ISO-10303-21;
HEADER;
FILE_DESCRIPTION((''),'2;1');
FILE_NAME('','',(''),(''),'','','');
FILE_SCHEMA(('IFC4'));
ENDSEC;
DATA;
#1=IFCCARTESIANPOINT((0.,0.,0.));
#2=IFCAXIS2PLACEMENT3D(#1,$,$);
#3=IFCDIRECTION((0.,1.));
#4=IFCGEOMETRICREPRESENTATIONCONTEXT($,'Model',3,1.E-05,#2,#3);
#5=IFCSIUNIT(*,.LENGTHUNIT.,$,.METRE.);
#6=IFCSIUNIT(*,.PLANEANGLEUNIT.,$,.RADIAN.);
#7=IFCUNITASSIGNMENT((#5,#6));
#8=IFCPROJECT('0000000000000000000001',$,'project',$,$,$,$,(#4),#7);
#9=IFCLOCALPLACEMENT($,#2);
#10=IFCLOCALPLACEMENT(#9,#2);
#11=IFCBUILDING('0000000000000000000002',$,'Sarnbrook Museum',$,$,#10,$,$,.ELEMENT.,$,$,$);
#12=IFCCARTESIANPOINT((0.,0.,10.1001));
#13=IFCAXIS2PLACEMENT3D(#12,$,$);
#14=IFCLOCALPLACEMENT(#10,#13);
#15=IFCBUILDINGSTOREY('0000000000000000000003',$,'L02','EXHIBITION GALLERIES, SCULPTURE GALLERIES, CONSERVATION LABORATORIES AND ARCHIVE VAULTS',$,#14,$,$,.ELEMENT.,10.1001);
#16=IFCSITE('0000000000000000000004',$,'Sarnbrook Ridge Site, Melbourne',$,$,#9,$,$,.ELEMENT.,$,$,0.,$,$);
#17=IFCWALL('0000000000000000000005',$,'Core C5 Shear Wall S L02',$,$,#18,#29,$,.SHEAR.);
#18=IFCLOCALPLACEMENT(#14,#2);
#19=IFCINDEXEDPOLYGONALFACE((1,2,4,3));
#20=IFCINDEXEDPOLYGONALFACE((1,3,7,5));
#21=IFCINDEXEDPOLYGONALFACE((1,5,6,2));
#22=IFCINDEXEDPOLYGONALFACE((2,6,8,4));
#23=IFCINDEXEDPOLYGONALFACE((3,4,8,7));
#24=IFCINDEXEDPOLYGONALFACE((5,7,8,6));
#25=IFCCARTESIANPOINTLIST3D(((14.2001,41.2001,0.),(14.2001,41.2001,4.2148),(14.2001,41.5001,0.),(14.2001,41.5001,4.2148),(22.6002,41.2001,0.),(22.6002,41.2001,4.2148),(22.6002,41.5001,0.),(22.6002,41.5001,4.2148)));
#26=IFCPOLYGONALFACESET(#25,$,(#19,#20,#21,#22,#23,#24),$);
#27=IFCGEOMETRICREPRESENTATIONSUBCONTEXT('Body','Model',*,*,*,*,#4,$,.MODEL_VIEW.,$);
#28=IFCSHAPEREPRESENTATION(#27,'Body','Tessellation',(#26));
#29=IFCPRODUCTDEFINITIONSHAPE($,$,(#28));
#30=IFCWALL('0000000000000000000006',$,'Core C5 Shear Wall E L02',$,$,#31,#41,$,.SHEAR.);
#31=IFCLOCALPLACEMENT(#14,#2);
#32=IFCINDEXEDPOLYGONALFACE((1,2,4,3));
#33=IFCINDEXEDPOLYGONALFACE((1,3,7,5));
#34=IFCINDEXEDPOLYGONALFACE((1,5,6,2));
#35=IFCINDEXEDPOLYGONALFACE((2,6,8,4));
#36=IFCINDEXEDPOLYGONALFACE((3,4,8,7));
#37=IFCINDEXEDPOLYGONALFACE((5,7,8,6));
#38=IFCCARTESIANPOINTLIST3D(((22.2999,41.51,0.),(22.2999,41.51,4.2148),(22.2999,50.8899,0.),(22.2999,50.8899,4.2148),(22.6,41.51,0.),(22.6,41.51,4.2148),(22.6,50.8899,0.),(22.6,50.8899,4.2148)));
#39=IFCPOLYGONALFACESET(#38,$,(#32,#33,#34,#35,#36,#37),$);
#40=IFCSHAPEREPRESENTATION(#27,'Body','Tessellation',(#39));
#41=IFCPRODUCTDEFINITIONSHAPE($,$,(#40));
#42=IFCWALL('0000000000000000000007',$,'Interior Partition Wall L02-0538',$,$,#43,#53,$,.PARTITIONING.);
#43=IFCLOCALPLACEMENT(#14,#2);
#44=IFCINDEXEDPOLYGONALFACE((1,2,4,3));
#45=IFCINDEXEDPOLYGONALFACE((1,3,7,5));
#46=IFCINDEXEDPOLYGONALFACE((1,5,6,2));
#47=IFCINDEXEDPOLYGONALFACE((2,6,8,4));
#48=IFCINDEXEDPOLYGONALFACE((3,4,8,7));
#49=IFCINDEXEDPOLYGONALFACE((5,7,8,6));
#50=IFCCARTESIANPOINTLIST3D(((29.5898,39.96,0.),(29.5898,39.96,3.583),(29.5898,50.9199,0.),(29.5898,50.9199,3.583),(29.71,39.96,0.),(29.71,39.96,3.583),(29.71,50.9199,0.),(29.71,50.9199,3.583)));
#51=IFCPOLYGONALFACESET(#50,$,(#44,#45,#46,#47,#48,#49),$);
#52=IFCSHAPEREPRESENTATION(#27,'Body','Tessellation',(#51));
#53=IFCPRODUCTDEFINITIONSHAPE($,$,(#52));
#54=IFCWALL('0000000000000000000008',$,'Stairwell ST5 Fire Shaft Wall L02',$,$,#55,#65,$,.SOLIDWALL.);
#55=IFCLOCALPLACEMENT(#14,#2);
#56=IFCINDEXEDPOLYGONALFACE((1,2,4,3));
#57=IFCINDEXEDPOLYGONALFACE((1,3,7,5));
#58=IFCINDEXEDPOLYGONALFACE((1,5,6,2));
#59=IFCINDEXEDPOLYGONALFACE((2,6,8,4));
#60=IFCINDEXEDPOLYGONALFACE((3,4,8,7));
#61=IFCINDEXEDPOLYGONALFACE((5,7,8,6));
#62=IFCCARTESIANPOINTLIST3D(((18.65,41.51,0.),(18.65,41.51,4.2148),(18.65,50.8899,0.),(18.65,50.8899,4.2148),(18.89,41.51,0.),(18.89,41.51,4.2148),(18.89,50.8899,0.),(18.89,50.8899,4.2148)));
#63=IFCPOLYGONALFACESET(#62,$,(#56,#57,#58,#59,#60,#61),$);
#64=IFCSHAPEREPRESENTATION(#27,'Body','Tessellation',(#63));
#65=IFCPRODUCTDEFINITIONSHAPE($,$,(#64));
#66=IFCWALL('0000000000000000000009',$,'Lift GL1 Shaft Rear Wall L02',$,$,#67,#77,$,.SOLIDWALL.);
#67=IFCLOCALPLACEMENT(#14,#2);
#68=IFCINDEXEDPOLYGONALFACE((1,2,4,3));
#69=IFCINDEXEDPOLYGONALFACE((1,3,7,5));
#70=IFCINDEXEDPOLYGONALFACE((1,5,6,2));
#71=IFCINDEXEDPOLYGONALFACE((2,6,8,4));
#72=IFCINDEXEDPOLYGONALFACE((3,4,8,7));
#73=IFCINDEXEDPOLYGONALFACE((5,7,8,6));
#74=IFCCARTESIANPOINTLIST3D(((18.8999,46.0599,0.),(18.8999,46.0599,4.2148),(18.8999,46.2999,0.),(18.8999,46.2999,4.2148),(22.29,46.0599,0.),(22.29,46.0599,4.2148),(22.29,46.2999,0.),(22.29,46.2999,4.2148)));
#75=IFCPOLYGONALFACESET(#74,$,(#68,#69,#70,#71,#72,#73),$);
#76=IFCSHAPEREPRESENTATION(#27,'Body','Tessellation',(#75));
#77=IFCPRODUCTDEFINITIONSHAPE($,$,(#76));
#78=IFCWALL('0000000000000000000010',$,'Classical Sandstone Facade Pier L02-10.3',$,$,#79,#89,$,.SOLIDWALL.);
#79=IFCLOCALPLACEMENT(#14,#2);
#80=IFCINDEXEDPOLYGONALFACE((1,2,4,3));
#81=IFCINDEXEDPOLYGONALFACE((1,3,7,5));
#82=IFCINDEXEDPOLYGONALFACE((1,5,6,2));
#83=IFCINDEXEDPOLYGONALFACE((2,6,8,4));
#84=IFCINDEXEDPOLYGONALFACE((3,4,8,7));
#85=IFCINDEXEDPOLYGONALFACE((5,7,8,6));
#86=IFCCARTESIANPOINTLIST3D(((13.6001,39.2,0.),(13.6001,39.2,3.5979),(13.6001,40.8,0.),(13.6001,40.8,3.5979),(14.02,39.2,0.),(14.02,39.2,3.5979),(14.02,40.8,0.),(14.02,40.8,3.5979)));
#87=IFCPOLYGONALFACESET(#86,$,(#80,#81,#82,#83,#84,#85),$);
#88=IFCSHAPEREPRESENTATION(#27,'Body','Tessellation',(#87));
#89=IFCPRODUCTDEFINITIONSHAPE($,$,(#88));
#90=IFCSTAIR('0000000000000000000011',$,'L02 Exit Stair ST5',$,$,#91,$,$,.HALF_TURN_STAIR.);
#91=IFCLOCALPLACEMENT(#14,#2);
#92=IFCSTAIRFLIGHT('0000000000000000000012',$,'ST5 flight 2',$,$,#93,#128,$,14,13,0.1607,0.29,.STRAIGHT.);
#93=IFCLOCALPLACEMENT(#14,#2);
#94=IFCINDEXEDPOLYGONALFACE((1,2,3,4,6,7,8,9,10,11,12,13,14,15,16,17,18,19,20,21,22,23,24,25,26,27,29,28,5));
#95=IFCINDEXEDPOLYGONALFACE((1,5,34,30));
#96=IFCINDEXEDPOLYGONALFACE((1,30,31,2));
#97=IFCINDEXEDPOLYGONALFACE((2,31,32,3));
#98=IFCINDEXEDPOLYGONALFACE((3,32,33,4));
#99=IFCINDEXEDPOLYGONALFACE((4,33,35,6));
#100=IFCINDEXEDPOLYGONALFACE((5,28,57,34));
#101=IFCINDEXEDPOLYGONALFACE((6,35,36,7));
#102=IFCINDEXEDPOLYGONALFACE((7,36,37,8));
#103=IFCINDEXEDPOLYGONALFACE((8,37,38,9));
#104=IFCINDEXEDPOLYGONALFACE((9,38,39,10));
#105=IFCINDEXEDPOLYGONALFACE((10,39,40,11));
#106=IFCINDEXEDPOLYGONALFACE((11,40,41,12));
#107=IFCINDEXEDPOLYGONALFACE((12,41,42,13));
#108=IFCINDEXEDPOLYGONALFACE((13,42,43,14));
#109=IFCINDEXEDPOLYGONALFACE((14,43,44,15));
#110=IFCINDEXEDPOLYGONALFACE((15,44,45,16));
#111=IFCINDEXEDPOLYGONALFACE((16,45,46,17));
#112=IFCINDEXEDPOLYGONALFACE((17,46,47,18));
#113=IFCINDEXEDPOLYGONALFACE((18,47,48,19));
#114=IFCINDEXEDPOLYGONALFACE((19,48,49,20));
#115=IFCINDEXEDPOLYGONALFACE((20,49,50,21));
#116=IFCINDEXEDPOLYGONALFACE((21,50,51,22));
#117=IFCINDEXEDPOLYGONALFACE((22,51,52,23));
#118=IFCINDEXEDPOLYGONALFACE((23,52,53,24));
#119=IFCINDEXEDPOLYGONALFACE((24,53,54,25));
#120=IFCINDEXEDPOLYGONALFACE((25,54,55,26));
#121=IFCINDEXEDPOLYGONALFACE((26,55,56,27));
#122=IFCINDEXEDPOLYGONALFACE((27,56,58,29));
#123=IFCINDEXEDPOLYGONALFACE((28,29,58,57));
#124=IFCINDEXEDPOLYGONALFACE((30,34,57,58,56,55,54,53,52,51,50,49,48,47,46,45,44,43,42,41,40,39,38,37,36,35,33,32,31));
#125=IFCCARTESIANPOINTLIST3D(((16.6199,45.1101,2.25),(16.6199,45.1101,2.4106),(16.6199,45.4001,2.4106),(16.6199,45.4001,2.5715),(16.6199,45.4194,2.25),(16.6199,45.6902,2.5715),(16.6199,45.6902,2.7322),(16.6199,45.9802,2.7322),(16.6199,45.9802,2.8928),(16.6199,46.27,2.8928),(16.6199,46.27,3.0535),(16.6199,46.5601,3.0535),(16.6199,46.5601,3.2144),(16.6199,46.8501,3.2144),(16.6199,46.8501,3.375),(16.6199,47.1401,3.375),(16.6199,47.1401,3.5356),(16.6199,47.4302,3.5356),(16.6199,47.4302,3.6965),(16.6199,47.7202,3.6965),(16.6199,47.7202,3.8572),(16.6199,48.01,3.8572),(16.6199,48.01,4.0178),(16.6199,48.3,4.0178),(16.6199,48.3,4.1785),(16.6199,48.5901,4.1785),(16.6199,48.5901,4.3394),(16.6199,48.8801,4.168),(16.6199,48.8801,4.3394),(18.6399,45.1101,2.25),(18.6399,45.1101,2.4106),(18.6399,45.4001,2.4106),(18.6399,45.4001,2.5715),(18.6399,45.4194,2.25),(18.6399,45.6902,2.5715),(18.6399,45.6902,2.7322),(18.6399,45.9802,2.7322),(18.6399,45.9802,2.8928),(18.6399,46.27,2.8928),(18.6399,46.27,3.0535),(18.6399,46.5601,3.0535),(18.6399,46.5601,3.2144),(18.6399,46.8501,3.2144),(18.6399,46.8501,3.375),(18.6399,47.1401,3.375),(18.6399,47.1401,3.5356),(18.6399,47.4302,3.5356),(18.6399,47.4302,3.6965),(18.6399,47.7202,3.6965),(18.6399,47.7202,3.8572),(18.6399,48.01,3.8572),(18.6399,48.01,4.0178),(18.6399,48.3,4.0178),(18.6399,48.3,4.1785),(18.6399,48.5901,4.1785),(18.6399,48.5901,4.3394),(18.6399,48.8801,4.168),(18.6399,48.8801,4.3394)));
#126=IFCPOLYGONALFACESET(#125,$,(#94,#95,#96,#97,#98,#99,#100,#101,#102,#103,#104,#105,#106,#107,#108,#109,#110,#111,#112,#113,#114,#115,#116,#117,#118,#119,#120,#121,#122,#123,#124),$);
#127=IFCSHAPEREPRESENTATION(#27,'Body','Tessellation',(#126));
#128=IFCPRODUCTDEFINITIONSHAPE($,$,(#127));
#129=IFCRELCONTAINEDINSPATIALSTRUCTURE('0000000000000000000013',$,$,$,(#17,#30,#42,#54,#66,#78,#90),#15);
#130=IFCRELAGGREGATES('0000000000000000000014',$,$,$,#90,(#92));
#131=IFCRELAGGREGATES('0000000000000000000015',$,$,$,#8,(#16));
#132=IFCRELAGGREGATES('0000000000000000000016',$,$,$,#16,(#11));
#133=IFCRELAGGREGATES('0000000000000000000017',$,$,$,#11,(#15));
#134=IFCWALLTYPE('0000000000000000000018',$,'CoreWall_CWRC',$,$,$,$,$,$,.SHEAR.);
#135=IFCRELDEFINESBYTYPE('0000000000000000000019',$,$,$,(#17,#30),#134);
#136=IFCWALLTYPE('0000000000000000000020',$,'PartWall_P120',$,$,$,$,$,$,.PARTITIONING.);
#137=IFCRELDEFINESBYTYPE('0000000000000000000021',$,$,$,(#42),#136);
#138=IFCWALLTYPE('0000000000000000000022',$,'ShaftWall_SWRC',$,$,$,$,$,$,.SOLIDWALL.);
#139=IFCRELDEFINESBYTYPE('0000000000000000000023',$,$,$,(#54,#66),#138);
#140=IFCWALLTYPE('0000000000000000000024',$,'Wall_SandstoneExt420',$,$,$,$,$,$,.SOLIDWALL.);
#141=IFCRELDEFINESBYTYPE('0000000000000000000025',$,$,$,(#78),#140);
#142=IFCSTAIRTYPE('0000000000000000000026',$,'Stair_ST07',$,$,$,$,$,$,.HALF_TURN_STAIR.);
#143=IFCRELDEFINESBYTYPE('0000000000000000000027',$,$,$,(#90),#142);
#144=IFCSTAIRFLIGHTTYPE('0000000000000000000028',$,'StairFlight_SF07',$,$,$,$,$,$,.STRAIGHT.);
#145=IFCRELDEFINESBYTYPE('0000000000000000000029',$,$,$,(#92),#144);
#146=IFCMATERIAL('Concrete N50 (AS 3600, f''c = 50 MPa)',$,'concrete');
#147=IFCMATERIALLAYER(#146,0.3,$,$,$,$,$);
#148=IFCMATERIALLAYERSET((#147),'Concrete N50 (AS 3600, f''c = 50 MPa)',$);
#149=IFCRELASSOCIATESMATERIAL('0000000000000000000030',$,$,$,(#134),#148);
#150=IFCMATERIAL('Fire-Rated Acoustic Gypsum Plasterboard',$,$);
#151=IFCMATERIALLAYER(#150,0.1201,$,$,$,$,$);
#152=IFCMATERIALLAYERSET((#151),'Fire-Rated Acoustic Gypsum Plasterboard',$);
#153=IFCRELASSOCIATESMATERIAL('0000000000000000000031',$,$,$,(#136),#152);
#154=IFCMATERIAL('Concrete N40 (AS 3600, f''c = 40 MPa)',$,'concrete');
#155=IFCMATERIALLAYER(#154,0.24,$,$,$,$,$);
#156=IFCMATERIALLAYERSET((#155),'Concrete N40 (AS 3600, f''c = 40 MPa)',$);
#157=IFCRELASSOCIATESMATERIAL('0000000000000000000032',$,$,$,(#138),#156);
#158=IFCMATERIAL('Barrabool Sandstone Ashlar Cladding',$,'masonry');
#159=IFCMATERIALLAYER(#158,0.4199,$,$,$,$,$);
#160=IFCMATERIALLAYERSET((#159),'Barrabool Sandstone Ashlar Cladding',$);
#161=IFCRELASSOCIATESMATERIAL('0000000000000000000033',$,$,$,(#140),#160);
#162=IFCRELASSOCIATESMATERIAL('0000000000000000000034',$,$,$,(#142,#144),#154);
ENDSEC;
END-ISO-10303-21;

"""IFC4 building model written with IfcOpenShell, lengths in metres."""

from ifc_helpers import new_model, si_unit, direction, frame, frame_2d, origin, place, context, subcontext, project, spatial, polyline, rectangle, outline, extrude, material, layer, layer_set, type_object, element, aggregate, save


model = new_model("IFC4")

# Units and contexts
model_context = context("Model", 3, precision=1e-05, world=origin(), true_north=direction((0.0, 1.0)))
body_context = subcontext(model_context, "Body", "Model", "MODEL_VIEW")
ifc_project = project(units=[si_unit("LENGTHUNIT", "METRE"), si_unit("PLANEANGLEUNIT", "RADIAN")], contexts=[model_context])

# Site, building, storey
site_placement = place(None, origin())
site = spatial("IfcSite", under=ifc_project, at=site_placement, Name="Sarnbrook Ridge Site, Melbourne", CompositionType="ELEMENT", RefElevation=0.0)
building_placement = place(site_placement, origin())
building = spatial("IfcBuilding", under=site, at=building_placement, Name="Sarnbrook Museum", CompositionType="ELEMENT")
storey_placement = place(building_placement, frame((0.0, 0.0, 10.1001)))
storey = spatial("IfcBuildingStorey", under=building, at=storey_placement, Name="L02", Description="EXHIBITION GALLERIES, SCULPTURE GALLERIES, CONSERVATION LABORATORIES AND ARCHIVE VAULTS", CompositionType="ELEMENT", Elevation=10.1001)

# Walls
ifc_material_1 = material(Name="Concrete N50 (AS 3600, f'c = 50 MPa)", Category="concrete")
ifc_layer_1 = layer(ifc_material_1, 0.3)
ifc_layer_set_1 = layer_set([ifc_layer_1], Name="Concrete N50 (AS 3600, f'c = 50 MPa)")
wall_type_1 = type_object("IfcWallType", Name="CoreWall_CWRC", PredefinedType="SHEAR", material=ifc_layer_set_1)
wall_1_placement = place(storey_placement, frame((14.2, 41.3501, 0.0), z_axis=(0.0, 0.0, 1.0), x_axis=(1.0, 0.0, 0.0)))
element("IfcWall", 1, at=wall_1_placement, inside=storey, type_object=wall_type_1, Name="Core C5 Shear Wall S L02", PredefinedType="SHEAR", context=body_context, shape_type="SweptSolid", body=[
    extrude(rectangle(XDim=8.4001, YDim=0.3, at=frame_2d((4.2002, 0.0))), origin(), (0.0, 0.0, 1.0), 4.2148),
])
wall_2_placement = place(storey_placement, frame((22.45, 41.51, 0.0), z_axis=(0.0, 0.0, 1.0), x_axis=(0.0, 1.0, 0.0)))
element("IfcWall", 2, at=wall_2_placement, inside=storey, type_object=wall_type_1, Name="Core C5 Shear Wall E L02", PredefinedType="SHEAR", context=body_context, shape_type="SweptSolid", body=[
    extrude(rectangle(XDim=9.3799, YDim=0.3, at=frame_2d((4.6899, 0.0))), origin(), (0.0, 0.0, 1.0), 4.2148),
])
ifc_material_2 = material(Name="Fire-Rated Acoustic Gypsum Plasterboard")
ifc_layer_2 = layer(ifc_material_2, 0.1201)
ifc_layer_set_2 = layer_set([ifc_layer_2], Name="Fire-Rated Acoustic Gypsum Plasterboard")
wall_type_2 = type_object("IfcWallType", Name="PartWall_P120", PredefinedType="PARTITIONING", material=ifc_layer_set_2)
wall_3_placement = place(storey_placement, frame((29.6499, 39.96, 0.0), z_axis=(0.0, 0.0, 1.0), x_axis=(0.0, 1.0, 0.0)))
element("IfcWall", 3, at=wall_3_placement, inside=storey, type_object=wall_type_2, Name="Interior Partition Wall L02-0538", PredefinedType="PARTITIONING", context=body_context, shape_type="SweptSolid", body=[
    extrude(rectangle(XDim=10.96, YDim=0.1201, at=frame_2d((5.48, 0.0))), origin(), (0.0, 0.0, 1.0), 3.583),
])
ifc_material_3 = material(Name="Concrete N40 (AS 3600, f'c = 40 MPa)", Category="concrete")
ifc_layer_3 = layer(ifc_material_3, 0.24)
ifc_layer_set_3 = layer_set([ifc_layer_3], Name="Concrete N40 (AS 3600, f'c = 40 MPa)")
wall_type_3 = type_object("IfcWallType", Name="ShaftWall_SWRC", PredefinedType="SOLIDWALL", material=ifc_layer_set_3)
wall_4_placement = place(storey_placement, frame((18.77, 41.51, 0.0), z_axis=(0.0, 0.0, 1.0), x_axis=(0.0, 1.0, 0.0)))
element("IfcWall", 4, at=wall_4_placement, inside=storey, type_object=wall_type_3, Name="Stairwell ST5 Fire Shaft Wall L02", PredefinedType="SOLIDWALL", context=body_context, shape_type="SweptSolid", body=[
    extrude(rectangle(XDim=9.3799, YDim=0.24, at=frame_2d((4.6899, 0.0))), origin(), (0.0, 0.0, 1.0), 4.2148),
])
wall_5_placement = place(storey_placement, frame((18.8999, 46.1799, 0.0), z_axis=(0.0, 0.0, 1.0), x_axis=(1.0, 0.0, 0.0)))
element("IfcWall", 5, at=wall_5_placement, inside=storey, type_object=wall_type_3, Name="Lift GL1 Shaft Rear Wall L02", PredefinedType="SOLIDWALL", context=body_context, shape_type="SweptSolid", body=[
    extrude(rectangle(XDim=3.3901, YDim=0.24, at=frame_2d((1.6951, 0.0))), origin(), (0.0, 0.0, 1.0), 4.2148),
])
ifc_material_4 = material(Name="Barrabool Sandstone Ashlar Cladding", Category="masonry")
ifc_layer_4 = layer(ifc_material_4, 0.4199)
ifc_layer_set_4 = layer_set([ifc_layer_4], Name="Barrabool Sandstone Ashlar Cladding")
wall_type_4 = type_object("IfcWallType", Name="Wall_SandstoneExt420", PredefinedType="SOLIDWALL", material=ifc_layer_set_4)
wall_6_placement = place(storey_placement, frame((13.8101, 40.8, 0.0), z_axis=(0.0, 0.0, 1.0), x_axis=(0.0, -1.0, 0.0)))
element("IfcWall", 6, at=wall_6_placement, inside=storey, type_object=wall_type_4, Name="Classical Sandstone Facade Pier L02-10.3", PredefinedType="SOLIDWALL", context=body_context, shape_type="SweptSolid", body=[
    extrude(rectangle(XDim=1.6001, YDim=0.4199, at=frame_2d((0.8, 0.0))), origin(), (0.0, 0.0, 1.0), 3.5979),
])

# Stair, stair flight
stair_type = type_object("IfcStairType", Name="Stair_ST07", PredefinedType="HALF_TURN_STAIR", material=ifc_material_3)
stair_placement = place(storey_placement, origin())
stair = element("IfcStair", 7, at=stair_placement, inside=storey, type_object=stair_type, Name="L02 Exit Stair ST5", PredefinedType="HALF_TURN_STAIR")
stair_flight_type = type_object("IfcStairFlightType", Name="StairFlight_SF07", PredefinedType="STRAIGHT", material=ifc_material_3)
stair_flight_placement = place(storey_placement, frame((17.6299, 45.1101, 2.25), z_axis=(0.0, 0.0, 1.0), x_axis=(0.0, 1.0, 0.0)))
stair_flight = element("IfcStairFlight", 8, at=stair_flight_placement, type_object=stair_flight_type, Name="ST5 flight 2", NumberOfRisers=14, NumberOfTreads=13, PredefinedType="STRAIGHT", RiserHeight=0.1607, TreadLength=0.29, context=body_context, shape_type="SweptSolid", body=[
    extrude(outline(polyline([(0.0, 0.0), (0.0, 0.1606), (0.29, 0.1606), (0.29, 0.3215), (0.5801, 0.3215), (0.5801, 0.4822), (0.8701, 0.4822), (0.8701, 0.6428), (1.1599, 0.6428), (1.1599, 0.8035), (1.45, 0.8035), (1.45, 0.9644), (1.74, 0.9644), (1.74, 1.125), (2.03, 1.125), (2.03, 1.2856), (2.3201, 1.2856), (2.3201, 1.4465), (2.6101, 1.4465), (2.6101, 1.6072), (2.8999, 1.6072), (2.8999, 1.7678), (3.1899, 1.7678), (3.1899, 1.9285), (3.48, 1.9285), (3.48, 2.0894), (3.77, 2.0894), (3.77, 2.25), (3.77, 1.918), (0.3093, 0.0), (0.0, 0.0)])), frame((0.0, 1.01, 0.0), z_axis=(0.0, -1.0, 0.0), x_axis=(1.0, 0.0, 0.0)), (0.0, 0.0, 1.0), 2.02),
])
aggregate(stair, [stair_flight])

save(model, "model.ifc")
